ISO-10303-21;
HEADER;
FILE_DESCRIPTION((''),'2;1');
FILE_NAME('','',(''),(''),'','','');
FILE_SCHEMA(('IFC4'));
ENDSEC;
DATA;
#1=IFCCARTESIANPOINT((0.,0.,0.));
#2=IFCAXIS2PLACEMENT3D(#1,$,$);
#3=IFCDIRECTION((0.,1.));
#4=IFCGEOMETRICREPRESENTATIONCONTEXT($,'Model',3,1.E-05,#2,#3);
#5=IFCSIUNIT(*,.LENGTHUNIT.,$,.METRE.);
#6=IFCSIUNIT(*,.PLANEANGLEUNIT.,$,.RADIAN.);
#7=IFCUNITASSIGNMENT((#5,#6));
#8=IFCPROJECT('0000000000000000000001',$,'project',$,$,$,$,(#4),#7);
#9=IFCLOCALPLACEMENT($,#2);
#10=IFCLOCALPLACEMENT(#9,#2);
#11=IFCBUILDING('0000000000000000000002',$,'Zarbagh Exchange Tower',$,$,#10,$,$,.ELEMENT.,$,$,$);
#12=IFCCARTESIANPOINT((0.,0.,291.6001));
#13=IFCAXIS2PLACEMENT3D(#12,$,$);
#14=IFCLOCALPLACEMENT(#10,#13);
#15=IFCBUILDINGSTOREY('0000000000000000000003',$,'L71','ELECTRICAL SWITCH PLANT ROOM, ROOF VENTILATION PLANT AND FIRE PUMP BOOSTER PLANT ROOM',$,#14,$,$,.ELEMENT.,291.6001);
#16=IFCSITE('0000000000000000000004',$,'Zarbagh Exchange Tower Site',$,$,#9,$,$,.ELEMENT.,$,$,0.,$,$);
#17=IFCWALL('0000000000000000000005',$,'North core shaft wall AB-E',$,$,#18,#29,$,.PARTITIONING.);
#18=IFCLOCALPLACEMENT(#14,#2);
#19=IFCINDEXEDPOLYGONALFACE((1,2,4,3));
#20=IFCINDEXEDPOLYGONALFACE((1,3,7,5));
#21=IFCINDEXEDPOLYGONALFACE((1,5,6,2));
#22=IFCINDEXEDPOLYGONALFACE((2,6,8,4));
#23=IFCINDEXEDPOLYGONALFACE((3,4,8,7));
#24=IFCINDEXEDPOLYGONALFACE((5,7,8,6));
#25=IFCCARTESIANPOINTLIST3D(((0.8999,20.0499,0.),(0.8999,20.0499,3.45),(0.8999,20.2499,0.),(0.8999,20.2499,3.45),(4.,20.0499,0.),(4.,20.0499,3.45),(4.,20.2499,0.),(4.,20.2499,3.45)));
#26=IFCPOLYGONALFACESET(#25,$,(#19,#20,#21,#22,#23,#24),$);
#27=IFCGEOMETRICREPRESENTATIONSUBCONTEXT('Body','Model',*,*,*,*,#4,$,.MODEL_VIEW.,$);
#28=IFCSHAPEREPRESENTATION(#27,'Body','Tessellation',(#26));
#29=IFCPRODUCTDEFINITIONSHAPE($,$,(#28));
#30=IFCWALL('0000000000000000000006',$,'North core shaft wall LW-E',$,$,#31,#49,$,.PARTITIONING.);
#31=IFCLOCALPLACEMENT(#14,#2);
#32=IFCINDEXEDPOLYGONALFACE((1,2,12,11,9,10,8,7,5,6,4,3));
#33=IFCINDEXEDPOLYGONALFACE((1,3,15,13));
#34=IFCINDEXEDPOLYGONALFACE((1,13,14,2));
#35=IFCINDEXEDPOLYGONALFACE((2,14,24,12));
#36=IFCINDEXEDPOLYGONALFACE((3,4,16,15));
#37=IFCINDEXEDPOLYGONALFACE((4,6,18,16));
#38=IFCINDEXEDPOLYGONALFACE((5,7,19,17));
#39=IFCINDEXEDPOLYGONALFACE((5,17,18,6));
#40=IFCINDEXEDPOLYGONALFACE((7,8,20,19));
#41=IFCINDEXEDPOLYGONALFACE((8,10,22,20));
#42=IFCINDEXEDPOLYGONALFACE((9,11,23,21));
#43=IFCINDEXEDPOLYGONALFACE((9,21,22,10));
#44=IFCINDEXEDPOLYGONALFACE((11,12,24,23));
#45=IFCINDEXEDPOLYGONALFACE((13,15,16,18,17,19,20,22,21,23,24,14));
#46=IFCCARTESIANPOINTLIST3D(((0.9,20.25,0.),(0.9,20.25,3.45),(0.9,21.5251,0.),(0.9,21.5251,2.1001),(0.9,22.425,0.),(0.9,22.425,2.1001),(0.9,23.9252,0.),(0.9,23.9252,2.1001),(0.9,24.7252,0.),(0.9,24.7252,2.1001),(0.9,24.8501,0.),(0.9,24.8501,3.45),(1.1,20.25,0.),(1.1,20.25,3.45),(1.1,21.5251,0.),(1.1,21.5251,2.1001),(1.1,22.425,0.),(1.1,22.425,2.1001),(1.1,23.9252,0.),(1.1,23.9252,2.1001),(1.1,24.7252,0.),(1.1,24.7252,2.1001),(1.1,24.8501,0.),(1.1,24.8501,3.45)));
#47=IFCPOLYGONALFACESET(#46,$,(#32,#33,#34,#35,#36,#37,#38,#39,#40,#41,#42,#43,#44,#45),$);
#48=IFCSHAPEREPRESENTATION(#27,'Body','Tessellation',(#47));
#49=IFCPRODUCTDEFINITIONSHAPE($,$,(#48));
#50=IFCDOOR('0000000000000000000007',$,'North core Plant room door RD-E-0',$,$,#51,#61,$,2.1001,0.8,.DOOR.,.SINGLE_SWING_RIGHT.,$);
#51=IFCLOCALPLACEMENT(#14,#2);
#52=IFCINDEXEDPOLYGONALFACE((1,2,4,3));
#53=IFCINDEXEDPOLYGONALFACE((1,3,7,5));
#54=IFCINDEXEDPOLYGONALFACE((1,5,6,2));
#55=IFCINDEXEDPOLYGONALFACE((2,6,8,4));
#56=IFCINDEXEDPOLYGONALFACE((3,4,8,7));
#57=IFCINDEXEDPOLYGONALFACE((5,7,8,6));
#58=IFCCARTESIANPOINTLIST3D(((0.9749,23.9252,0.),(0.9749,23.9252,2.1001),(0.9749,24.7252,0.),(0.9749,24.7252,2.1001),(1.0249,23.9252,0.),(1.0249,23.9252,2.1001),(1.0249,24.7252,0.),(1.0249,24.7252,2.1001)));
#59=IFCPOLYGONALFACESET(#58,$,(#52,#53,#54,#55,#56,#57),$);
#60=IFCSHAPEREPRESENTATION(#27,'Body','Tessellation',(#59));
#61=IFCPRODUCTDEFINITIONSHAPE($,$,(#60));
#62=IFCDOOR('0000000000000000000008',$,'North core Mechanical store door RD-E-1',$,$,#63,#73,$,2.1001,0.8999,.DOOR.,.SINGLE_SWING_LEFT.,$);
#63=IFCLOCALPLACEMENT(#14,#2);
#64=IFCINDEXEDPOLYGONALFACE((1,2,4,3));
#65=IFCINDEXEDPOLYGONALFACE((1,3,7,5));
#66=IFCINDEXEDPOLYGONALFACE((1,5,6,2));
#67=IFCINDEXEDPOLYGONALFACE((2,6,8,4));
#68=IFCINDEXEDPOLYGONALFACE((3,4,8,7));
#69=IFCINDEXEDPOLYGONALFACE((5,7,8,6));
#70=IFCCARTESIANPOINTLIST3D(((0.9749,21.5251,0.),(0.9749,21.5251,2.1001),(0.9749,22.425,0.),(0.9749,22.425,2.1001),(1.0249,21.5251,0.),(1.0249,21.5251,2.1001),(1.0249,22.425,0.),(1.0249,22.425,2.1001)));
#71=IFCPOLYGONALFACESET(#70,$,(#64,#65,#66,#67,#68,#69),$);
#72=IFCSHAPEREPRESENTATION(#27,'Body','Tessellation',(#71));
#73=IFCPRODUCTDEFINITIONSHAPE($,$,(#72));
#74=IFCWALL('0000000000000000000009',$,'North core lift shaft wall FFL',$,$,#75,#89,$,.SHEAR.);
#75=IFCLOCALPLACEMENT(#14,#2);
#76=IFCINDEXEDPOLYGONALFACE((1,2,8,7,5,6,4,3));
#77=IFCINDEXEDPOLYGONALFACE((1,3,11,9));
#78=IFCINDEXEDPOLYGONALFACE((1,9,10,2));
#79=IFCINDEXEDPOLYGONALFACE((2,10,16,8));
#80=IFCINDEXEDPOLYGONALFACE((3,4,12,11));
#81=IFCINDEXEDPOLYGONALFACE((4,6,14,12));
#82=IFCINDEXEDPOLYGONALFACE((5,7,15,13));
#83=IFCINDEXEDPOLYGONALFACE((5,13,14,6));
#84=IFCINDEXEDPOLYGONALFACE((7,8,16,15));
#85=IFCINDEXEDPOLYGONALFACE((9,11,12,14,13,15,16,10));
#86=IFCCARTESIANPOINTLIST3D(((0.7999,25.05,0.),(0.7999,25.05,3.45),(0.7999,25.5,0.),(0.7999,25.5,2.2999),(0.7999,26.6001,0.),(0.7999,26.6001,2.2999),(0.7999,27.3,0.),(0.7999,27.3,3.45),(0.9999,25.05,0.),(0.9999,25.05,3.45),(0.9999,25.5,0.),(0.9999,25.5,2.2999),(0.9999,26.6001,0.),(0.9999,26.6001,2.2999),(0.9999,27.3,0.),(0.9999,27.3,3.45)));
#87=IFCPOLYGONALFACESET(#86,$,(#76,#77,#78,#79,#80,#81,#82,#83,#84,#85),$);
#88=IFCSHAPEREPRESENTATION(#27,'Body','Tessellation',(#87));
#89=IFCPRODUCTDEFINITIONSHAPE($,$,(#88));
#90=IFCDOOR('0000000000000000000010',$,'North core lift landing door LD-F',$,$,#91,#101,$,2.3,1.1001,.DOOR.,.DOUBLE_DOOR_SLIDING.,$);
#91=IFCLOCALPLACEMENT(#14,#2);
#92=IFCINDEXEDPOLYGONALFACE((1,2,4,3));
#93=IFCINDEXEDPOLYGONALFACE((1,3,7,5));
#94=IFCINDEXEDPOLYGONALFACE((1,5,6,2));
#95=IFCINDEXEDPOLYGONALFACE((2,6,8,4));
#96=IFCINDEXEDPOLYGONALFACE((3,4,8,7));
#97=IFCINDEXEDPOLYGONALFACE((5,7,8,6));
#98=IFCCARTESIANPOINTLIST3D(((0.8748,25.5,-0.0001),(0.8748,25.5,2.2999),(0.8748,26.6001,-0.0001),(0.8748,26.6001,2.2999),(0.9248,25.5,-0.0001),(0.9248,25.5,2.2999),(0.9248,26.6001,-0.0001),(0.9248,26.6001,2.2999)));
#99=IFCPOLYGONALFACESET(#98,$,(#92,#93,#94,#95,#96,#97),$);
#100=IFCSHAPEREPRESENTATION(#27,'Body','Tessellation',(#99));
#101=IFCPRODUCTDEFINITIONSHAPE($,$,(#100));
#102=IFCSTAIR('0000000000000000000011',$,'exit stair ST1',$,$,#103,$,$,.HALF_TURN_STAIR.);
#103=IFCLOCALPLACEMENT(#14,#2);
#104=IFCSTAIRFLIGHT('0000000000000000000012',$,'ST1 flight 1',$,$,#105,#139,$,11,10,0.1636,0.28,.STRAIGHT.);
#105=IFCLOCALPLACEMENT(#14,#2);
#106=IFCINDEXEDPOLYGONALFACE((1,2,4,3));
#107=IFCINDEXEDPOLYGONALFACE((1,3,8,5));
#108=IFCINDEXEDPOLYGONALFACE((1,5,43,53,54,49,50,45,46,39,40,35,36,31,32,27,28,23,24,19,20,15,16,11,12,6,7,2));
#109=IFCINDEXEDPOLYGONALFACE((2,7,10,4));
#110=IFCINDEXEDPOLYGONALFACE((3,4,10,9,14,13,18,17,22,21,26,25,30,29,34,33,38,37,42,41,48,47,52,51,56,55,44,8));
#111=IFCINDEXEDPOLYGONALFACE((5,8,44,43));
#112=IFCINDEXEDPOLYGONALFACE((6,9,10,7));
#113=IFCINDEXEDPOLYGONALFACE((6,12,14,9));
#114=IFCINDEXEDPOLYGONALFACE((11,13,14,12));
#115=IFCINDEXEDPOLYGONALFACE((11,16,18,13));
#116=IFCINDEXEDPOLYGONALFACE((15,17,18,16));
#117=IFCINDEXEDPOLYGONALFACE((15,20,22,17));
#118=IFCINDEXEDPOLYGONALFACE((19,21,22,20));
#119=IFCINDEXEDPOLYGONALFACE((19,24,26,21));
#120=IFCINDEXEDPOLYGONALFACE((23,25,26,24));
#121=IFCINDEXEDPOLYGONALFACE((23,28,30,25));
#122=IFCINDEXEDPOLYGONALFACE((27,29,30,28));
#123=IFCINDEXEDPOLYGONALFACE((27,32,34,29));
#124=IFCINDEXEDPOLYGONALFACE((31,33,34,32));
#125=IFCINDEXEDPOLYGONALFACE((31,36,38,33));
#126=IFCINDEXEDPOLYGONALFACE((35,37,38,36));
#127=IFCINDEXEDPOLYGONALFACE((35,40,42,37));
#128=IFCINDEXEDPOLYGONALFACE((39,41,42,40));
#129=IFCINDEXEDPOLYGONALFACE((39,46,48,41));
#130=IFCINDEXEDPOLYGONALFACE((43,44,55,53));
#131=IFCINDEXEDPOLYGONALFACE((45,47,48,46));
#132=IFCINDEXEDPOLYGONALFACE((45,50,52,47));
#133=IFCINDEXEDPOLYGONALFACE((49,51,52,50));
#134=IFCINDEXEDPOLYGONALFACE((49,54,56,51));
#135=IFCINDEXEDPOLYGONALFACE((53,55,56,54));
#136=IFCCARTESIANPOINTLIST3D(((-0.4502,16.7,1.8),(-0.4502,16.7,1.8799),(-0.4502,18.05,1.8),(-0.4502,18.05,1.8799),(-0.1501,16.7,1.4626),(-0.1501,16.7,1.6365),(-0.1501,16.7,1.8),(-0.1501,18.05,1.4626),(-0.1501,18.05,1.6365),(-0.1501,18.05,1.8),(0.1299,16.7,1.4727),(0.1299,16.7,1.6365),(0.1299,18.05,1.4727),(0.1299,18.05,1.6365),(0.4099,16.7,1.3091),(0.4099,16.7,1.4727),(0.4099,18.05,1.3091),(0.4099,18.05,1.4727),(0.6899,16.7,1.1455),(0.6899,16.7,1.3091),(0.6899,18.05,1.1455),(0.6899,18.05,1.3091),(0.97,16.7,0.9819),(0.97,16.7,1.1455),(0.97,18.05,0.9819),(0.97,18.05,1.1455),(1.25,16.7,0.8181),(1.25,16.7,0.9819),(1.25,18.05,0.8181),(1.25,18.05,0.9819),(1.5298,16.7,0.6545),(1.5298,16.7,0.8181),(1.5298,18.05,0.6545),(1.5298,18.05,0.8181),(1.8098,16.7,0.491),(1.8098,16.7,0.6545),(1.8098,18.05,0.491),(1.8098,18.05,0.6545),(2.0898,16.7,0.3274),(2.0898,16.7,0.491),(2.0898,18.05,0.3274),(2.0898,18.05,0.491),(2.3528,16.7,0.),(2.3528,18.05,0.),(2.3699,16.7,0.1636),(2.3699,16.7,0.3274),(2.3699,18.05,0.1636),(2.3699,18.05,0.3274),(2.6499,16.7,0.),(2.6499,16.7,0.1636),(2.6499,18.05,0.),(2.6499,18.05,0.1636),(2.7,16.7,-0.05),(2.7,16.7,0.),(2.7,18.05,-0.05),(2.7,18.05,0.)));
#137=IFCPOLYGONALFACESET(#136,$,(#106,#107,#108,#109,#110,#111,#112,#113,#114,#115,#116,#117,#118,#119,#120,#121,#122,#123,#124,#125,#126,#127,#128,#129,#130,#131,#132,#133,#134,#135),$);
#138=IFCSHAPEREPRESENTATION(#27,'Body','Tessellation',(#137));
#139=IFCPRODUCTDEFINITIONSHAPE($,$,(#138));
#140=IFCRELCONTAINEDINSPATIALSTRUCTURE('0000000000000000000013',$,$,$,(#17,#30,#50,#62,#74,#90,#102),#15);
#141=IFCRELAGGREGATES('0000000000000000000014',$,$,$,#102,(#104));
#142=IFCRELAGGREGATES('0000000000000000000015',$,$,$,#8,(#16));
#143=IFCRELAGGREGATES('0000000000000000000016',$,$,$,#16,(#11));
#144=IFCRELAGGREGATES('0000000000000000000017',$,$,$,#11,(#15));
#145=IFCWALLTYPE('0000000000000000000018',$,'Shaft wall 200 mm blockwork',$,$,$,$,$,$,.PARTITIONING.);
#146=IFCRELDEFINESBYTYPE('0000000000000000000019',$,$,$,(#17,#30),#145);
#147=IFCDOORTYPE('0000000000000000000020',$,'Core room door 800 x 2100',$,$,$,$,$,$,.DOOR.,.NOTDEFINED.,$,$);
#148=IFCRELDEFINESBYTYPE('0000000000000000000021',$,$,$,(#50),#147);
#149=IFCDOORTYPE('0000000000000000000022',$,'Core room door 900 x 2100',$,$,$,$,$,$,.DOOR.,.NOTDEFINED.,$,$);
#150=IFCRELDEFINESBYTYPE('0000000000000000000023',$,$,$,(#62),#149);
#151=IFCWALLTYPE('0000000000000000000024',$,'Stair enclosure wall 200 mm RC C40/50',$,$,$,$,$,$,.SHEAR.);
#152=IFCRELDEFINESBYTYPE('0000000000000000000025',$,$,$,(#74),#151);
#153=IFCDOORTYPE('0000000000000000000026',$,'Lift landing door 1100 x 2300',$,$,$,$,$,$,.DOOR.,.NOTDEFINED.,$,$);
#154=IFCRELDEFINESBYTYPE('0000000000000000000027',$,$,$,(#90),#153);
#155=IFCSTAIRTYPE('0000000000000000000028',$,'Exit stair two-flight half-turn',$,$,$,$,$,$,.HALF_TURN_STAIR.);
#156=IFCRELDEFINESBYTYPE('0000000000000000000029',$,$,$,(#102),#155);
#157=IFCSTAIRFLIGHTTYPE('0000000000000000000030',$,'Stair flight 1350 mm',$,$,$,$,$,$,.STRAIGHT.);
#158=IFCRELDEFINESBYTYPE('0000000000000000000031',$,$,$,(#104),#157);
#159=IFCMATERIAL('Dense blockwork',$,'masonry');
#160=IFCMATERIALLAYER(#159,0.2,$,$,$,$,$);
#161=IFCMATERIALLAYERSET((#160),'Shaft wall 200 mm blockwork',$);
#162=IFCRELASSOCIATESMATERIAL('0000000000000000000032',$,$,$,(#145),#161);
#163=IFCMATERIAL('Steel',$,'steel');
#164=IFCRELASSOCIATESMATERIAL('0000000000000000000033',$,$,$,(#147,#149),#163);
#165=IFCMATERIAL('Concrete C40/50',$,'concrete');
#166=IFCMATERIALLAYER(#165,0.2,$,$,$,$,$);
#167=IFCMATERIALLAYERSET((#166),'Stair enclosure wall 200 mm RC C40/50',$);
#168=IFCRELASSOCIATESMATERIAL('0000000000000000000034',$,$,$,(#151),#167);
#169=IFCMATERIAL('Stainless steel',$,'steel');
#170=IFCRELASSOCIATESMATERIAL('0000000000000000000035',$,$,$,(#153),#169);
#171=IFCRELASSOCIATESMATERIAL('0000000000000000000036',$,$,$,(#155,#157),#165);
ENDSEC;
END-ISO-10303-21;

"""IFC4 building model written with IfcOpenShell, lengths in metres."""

from ifc_helpers import new_model, si_unit, direction, frame, frame_2d, origin, place, context, subcontext, project, spatial, polyline, rectangle, outline, extrude, material, layer, layer_set, type_object, element, fill, aggregate, save


model = new_model("IFC4")

# Units and contexts
model_context = context("Model", 3, precision=1e-05, world=origin(), true_north=direction((0.0, 1.0)))
body_context = subcontext(model_context, "Body", "Model", "MODEL_VIEW")
ifc_project = project(units=[si_unit("LENGTHUNIT", "METRE"), si_unit("PLANEANGLEUNIT", "RADIAN")], contexts=[model_context])

# Site, building, storey
site_placement = place(None, origin())
site = spatial("IfcSite", under=ifc_project, at=site_placement, Name="Zarbagh Exchange Tower Site", CompositionType="ELEMENT", RefElevation=0.0)
building_placement = place(site_placement, origin())
building = spatial("IfcBuilding", under=site, at=building_placement, Name="Zarbagh Exchange Tower", CompositionType="ELEMENT")
storey_placement = place(building_placement, frame((0.0, 0.0, 291.6001)))
storey = spatial("IfcBuildingStorey", under=building, at=storey_placement, Name="L71", Description="ELECTRICAL SWITCH PLANT ROOM, ROOF VENTILATION PLANT AND FIRE PUMP BOOSTER PLANT ROOM", CompositionType="ELEMENT", Elevation=291.6001)

# Shared definitions
ifc_material_1 = material(Name="Concrete C40/50", Category="concrete")

# Shared definitions
ifc_material_2 = material(Name="Dense blockwork", Category="masonry")

# Shared definitions
ifc_material_3 = material(Name="Steel", Category="steel")

# Wall
ifc_layer_1 = layer(ifc_material_2, 0.2)
ifc_layer_set_1 = layer_set([ifc_layer_1], Name="Shaft wall 200 mm blockwork")
wall_type_1 = type_object("IfcWallType", Name="Shaft wall 200 mm blockwork", PredefinedType="PARTITIONING", material=ifc_layer_set_1)
wall_1_placement = place(storey_placement, frame((0.8999, 20.1499, 0.0), z_axis=(0.0, 0.0, 1.0), x_axis=(1.0, 0.0, 0.0)))
element("IfcWall", 1, at=wall_1_placement, inside=storey, type_object=wall_type_1, Name="North core shaft wall AB-E", PredefinedType="PARTITIONING", context=body_context, shape_type="SweptSolid", body=[
    extrude(rectangle(XDim=3.1001, YDim=0.2, at=frame_2d((1.55, 0.0))), origin(), (0.0, 0.0, 1.0), 3.45),
])

# Wall, openings, doors
wall_2_placement = place(storey_placement, frame((1.0, 24.8501, 0.0), z_axis=(0.0, 0.0, 1.0), x_axis=(0.0, -1.0, 0.0)))
wall_2 = element("IfcWall", 2, at=wall_2_placement, inside=storey, type_object=wall_type_1, Name="North core shaft wall LW-E", PredefinedType="PARTITIONING", context=body_context, shape_type="SweptSolid", body=[
    extrude(rectangle(XDim=4.6001, YDim=0.2, at=frame_2d((2.3, 0.0))), origin(), (0.0, 0.0, 1.0), 3.45),
])
opening_1_placement = place(wall_2_placement, frame((0.125, 0.0, 0.0)))
opening_1 = element("IfcOpeningElement", 3, at=opening_1_placement, cuts=wall_2, PredefinedType="OPENING", context=body_context, shape_type="SweptSolid", body=[
    extrude(rectangle(XDim=0.8, YDim=2.1001, at=frame_2d((0.3999, 1.05))), frame((0.0, 0.1099, 0.0), z_axis=(0.0, -1.0, 0.0), x_axis=(1.0, 0.0, 0.0)), (0.0, 0.0, 1.0), 0.22),
])
opening_2_placement = place(wall_2_placement, frame((2.425, 0.0, 0.0)))
opening_2 = element("IfcOpeningElement", 4, at=opening_2_placement, cuts=wall_2, PredefinedType="OPENING", context=body_context, shape_type="SweptSolid", body=[
    extrude(rectangle(XDim=0.8999, YDim=2.1001, at=frame_2d((0.45, 1.05))), frame((0.0, 0.1099, 0.0), z_axis=(0.0, -1.0, 0.0), x_axis=(1.0, 0.0, 0.0)), (0.0, 0.0, 1.0), 0.22),
])
door_type_1 = type_object("IfcDoorType", Name="Core room door 800 x 2100", OperationType="NOTDEFINED", PredefinedType="DOOR", material=ifc_material_3)
door_1_placement = place(opening_1_placement, origin())
door_1 = element("IfcDoor", 5, at=door_1_placement, inside=storey, type_object=door_type_1, Name="North core Plant room door RD-E-0", OperationType="SINGLE_SWING_RIGHT", OverallHeight=2.1001, OverallWidth=0.8, PredefinedType="DOOR", context=body_context, shape_type="SweptSolid", body=[
    extrude(rectangle(XDim=0.8, YDim=2.1001, at=frame_2d((0.3999, 1.05))), frame((0.0, 0.0249, 0.0), z_axis=(0.0, -1.0, 0.0), x_axis=(1.0, 0.0, 0.0)), (0.0, 0.0, 1.0), 0.05),
])
fill(opening_1, door_1)
door_type_2 = type_object("IfcDoorType", Name="Core room door 900 x 2100", OperationType="NOTDEFINED", PredefinedType="DOOR", material=ifc_material_3)
door_2_placement = place(opening_2_placement, origin())
door_2 = element("IfcDoor", 6, at=door_2_placement, inside=storey, type_object=door_type_2, Name="North core Mechanical store door RD-E-1", OperationType="SINGLE_SWING_LEFT", OverallHeight=2.1001, OverallWidth=0.8999, PredefinedType="DOOR", context=body_context, shape_type="SweptSolid", body=[
    extrude(rectangle(XDim=0.8999, YDim=2.1001, at=frame_2d((0.45, 1.05))), frame((0.0, 0.0249, 0.0), z_axis=(0.0, -1.0, 0.0), x_axis=(1.0, 0.0, 0.0)), (0.0, 0.0, 1.0), 0.05),
])
fill(opening_2, door_2)

# Wall, opening, door
ifc_layer_2 = layer(ifc_material_1, 0.2)
ifc_layer_set_2 = layer_set([ifc_layer_2], Name="Stair enclosure wall 200 mm RC C40/50")
wall_type_2 = type_object("IfcWallType", Name="Stair enclosure wall 200 mm RC C40/50", PredefinedType="SHEAR", material=ifc_layer_set_2)
wall_3_placement = place(storey_placement, frame((0.8999, 27.3, 0.0), z_axis=(0.0, 0.0, 1.0), x_axis=(0.0, -1.0, 0.0)))
wall_3 = element("IfcWall", 7, at=wall_3_placement, inside=storey, type_object=wall_type_2, Name="North core lift shaft wall FFL", PredefinedType="SHEAR", context=body_context, shape_type="SweptSolid", body=[
    extrude(rectangle(XDim=2.25, YDim=0.2, at=frame_2d((1.125, 0.0))), origin(), (0.0, 0.0, 1.0), 3.45),
])
opening_3_placement = place(wall_3_placement, frame((0.7, 0.0, 0.0)))
opening_3 = element("IfcOpeningElement", 8, at=opening_3_placement, cuts=wall_3, PredefinedType="OPENING", context=body_context, shape_type="SweptSolid", body=[
    extrude(rectangle(XDim=1.1001, YDim=2.3, at=frame_2d((0.55, 1.1499))), frame((0.0, 0.1099, 0.0), z_axis=(0.0, -1.0, 0.0), x_axis=(1.0, 0.0, 0.0)), (0.0, 0.0, 1.0), 0.22),
])
ifc_material_4 = material(Name="Stainless steel", Category="steel")
door_type_3 = type_object("IfcDoorType", Name="Lift landing door 1100 x 2300", OperationType="NOTDEFINED", PredefinedType="DOOR", material=ifc_material_4)
door_3_placement = place(opening_3_placement, origin())
door_3 = element("IfcDoor", 9, at=door_3_placement, inside=storey, type_object=door_type_3, Name="North core lift landing door LD-F", OperationType="DOUBLE_DOOR_SLIDING", OverallHeight=2.3, OverallWidth=1.1001, PredefinedType="DOOR", context=body_context, shape_type="SweptSolid", body=[
    extrude(rectangle(XDim=1.1001, YDim=2.3, at=frame_2d((0.55, 1.1499))), frame((0.0, 0.0249, 0.0), z_axis=(0.0, -1.0, 0.0), x_axis=(1.0, 0.0, 0.0)), (0.0, 0.0, 1.0), 0.05),
])
fill(opening_3, door_3)

# Stair, stair flight
stair_type = type_object("IfcStairType", Name="Exit stair two-flight half-turn", PredefinedType="HALF_TURN_STAIR", material=ifc_material_1)
stair_1_placement = place(storey_placement, origin())
stair_1 = element("IfcStair", 10, at=stair_1_placement, inside=storey, type_object=stair_type, Name="exit stair ST1", PredefinedType="HALF_TURN_STAIR")
stair_flight_type_1 = type_object("IfcStairFlightType", Name="Stair flight 1350 mm", PredefinedType="STRAIGHT", material=ifc_material_1)
stair_flight_1_placement = place(storey_placement, frame((2.6499, 17.375, 0.0), z_axis=(0.0, 0.0, 1.0), x_axis=(-1.0, 0.0, 0.0)))
stair_flight_1 = element("IfcStairFlight", 11, at=stair_flight_1_placement, type_object=stair_flight_type_1, Name="ST1 flight 1", NumberOfRisers=11, NumberOfTreads=10, PredefinedType="STRAIGHT", RiserHeight=0.1636, TreadLength=0.28, context=body_context, shape_type="SweptSolid", body=[
    extrude(outline(polyline([(-0.05, -0.05), (-0.05, 0.0), (0.0, 0.0), (0.0, 0.1636), (0.28, 0.1636), (0.28, 0.3274), (0.5601, 0.3274), (0.5601, 0.491), (0.8401, 0.491), (0.8401, 0.6545), (1.1201, 0.6545), (1.1201, 0.8181), (1.3999, 0.8181), (1.3999, 0.9819), (1.6799, 0.9819), (1.6799, 1.1455), (1.96, 1.1455), (1.96, 1.3091), (2.24, 1.3091), (2.24, 1.4727), (2.52, 1.4727), (2.52, 1.6365), (2.8, 1.6365), (2.8, 1.8), (3.1001, 1.8799), (3.1001, 1.8), (2.8, 1.4626), (0.2971, 0.0), (-0.05, -0.05)])), frame((0.0, 0.675, 0.0), z_axis=(0.0, -1.0, 0.0), x_axis=(1.0, 0.0, 0.0)), (0.0, 0.0, 1.0), 1.3501),
])
aggregate(stair_1, [stair_flight_1])

save(model, "model.ifc")
